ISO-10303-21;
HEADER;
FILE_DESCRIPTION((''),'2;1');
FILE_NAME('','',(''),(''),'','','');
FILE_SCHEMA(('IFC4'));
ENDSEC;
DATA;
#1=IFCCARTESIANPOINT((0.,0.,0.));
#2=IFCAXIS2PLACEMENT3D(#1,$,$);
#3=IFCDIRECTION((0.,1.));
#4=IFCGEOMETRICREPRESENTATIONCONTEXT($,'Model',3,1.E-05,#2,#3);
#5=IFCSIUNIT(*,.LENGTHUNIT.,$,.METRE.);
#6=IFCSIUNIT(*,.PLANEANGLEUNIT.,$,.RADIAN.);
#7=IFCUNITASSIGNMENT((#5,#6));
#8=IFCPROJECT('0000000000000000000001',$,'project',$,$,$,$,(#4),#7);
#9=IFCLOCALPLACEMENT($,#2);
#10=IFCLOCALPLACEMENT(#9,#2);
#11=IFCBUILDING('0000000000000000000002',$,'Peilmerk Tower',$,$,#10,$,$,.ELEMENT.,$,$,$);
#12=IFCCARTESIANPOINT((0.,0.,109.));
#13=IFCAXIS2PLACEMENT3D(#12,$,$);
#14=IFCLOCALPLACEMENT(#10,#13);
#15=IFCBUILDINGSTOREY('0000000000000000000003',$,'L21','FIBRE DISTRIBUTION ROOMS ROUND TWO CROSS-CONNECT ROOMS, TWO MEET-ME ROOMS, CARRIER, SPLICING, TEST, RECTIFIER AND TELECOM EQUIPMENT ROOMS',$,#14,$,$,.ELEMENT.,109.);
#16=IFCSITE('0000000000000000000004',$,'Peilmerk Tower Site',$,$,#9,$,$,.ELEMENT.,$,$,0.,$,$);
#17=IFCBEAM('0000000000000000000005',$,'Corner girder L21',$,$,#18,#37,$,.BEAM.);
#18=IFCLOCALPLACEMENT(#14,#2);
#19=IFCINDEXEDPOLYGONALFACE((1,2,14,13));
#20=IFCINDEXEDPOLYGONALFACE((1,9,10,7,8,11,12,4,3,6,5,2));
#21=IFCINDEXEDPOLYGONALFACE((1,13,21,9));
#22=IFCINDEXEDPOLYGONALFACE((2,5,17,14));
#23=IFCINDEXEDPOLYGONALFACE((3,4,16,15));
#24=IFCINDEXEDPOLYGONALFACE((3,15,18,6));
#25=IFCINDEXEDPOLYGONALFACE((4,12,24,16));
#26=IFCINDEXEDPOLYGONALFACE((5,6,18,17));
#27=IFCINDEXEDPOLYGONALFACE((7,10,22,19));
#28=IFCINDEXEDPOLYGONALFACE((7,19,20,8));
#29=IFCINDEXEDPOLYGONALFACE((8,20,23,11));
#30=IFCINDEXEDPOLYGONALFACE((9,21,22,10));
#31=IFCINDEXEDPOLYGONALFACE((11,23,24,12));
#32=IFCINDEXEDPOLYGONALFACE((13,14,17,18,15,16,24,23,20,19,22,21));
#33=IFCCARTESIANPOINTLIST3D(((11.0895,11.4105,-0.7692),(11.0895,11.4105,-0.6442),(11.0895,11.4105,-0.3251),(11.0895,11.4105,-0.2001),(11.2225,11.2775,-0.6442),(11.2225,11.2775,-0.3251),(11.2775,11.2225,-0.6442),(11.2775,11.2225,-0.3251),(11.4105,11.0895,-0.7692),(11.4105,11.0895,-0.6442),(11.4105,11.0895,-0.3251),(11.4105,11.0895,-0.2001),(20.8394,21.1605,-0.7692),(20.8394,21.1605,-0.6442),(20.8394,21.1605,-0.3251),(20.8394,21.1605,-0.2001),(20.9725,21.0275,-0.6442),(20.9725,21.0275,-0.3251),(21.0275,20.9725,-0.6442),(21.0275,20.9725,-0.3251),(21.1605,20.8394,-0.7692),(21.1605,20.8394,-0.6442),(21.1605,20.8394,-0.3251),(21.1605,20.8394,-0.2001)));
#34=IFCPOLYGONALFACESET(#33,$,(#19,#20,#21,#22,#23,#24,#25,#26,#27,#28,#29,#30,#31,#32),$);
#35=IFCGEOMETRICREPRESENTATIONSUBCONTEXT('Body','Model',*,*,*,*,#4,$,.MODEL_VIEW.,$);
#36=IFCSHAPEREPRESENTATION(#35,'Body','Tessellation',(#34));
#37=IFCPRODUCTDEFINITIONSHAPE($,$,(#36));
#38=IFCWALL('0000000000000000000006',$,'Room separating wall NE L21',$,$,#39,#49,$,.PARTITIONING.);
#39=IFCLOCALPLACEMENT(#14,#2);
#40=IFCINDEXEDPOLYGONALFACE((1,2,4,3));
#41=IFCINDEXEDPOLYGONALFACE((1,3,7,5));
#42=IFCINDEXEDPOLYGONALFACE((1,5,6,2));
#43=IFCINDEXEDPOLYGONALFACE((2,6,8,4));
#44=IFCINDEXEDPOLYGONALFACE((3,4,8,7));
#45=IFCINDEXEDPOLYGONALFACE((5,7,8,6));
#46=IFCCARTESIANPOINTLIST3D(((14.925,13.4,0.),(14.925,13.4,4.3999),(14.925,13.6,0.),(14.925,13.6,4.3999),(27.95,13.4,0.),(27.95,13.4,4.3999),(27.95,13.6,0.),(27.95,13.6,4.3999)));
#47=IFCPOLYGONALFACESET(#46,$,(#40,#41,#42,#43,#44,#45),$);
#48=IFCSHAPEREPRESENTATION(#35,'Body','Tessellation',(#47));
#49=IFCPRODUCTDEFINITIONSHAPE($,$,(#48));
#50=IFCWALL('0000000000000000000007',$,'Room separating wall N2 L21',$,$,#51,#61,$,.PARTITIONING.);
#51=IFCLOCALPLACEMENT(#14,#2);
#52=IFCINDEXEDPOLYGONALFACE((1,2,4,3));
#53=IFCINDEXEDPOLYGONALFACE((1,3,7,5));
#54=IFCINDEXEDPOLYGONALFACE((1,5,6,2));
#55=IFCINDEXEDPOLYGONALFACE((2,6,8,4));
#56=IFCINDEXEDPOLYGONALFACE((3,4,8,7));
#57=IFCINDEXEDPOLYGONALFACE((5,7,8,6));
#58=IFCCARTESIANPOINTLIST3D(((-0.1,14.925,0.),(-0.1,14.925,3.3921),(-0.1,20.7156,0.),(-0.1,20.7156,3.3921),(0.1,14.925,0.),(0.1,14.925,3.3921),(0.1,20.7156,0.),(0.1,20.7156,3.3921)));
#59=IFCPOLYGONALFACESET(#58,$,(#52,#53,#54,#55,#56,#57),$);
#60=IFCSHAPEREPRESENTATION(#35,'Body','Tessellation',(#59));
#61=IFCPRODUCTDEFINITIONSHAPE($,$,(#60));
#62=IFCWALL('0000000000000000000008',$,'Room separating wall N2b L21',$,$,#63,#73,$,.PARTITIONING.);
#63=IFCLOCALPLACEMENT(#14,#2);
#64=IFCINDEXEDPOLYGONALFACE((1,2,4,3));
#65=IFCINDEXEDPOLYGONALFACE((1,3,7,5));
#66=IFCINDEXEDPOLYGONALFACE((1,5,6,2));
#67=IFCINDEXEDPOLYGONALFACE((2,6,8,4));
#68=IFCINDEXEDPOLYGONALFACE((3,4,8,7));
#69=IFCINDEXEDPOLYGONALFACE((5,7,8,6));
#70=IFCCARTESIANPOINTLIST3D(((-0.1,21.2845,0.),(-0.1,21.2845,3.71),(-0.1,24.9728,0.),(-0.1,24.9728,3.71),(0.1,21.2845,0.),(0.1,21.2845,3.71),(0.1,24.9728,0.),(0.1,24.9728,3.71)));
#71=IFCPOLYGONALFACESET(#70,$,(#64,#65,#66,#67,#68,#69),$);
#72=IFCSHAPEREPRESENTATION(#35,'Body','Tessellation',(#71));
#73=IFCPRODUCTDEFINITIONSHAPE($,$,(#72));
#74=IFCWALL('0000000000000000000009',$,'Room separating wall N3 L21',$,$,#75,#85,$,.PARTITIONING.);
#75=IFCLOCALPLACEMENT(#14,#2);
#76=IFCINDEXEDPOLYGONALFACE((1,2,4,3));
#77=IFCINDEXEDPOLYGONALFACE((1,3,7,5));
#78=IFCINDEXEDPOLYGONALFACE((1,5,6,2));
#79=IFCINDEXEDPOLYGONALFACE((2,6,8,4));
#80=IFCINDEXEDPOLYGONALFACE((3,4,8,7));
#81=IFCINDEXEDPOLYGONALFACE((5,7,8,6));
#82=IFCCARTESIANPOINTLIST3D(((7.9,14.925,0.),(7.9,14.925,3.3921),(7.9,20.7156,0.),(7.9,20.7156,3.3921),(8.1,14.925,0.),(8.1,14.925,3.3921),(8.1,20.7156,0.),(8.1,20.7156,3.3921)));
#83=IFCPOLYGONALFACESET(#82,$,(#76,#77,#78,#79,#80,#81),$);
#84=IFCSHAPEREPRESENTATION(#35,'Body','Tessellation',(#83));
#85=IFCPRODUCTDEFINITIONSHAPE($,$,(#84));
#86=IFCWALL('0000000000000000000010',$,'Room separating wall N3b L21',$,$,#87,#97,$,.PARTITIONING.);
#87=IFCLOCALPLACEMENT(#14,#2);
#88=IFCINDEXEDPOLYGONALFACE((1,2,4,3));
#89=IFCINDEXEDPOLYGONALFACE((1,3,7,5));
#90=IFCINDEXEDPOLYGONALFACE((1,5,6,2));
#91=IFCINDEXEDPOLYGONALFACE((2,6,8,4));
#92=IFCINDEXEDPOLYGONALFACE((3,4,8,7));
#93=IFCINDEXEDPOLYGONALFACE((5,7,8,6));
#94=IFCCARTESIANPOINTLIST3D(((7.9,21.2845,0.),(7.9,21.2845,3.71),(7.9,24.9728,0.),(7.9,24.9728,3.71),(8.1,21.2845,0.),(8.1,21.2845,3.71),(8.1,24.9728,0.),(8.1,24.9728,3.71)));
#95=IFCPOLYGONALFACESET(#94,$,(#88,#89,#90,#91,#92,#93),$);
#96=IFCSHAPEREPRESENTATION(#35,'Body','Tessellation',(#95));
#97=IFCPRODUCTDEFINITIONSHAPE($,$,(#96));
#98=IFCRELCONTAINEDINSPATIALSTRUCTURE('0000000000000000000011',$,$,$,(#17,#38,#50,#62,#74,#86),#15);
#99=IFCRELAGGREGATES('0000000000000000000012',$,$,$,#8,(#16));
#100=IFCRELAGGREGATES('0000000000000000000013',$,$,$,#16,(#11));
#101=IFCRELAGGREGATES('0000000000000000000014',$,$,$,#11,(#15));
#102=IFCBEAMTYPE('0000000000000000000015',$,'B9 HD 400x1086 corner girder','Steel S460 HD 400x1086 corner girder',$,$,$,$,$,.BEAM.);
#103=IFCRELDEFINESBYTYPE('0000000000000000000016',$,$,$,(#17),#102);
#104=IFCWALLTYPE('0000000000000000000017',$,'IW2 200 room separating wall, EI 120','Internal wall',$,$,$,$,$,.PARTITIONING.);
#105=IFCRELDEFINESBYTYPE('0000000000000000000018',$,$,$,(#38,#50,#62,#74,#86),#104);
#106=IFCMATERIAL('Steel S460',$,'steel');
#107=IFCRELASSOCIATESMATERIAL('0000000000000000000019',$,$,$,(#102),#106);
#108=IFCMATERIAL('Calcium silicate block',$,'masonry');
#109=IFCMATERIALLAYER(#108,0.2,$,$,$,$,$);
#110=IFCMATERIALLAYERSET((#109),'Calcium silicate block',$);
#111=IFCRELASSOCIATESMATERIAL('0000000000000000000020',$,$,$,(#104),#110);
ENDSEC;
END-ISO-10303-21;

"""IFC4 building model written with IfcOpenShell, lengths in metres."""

from ifc_helpers import new_model, si_unit, direction, frame, frame_2d, origin, origin_2d, place, context, subcontext, project, spatial, rectangle, i_section, extrude, material, layer, layer_set, material_profile, profile_set, type_object, element, save


model = new_model("IFC4")

# Units and contexts
model_context = context("Model", 3, precision=1e-05, world=origin(), true_north=direction((0.0, 1.0)))
body_context = subcontext(model_context, "Body", "Model", "MODEL_VIEW")
ifc_project = project(units=[si_unit("LENGTHUNIT", "METRE"), si_unit("PLANEANGLEUNIT", "RADIAN")], contexts=[model_context])

# Site, building, storey
site_placement = place(None, origin())
site = spatial("IfcSite", under=ifc_project, at=site_placement, Name="Peilmerk Tower Site", CompositionType="ELEMENT", RefElevation=0.0)
building_placement = place(site_placement, origin())
building = spatial("IfcBuilding", under=site, at=building_placement, Name="Peilmerk Tower", CompositionType="ELEMENT")
storey_placement = place(building_placement, frame((0.0, 0.0, 109.0)))
storey = spatial("IfcBuildingStorey", under=building, at=storey_placement, Name="L21", Description="FIBRE DISTRIBUTION ROOMS ROUND TWO CROSS-CONNECT ROOMS, TWO MEET-ME ROOMS, CARRIER, SPLICING, TEST, RECTIFIER AND TELECOM EQUIPMENT ROOMS", CompositionType="ELEMENT", Elevation=109.0)

# Shared definitions
ifc_material_1 = material(Name="Steel S460", Category="steel")

# Beam
ifc_material_profile_1 = material_profile(ifc_material_1, i_section(OverallWidth=0.4541, OverallDepth=0.5691, WebThickness=0.0779, FlangeThickness=0.125, at=origin_2d()), Name="HD 400x1086")
ifc_profile_set_1 = profile_set([ifc_material_profile_1], Name="Steel S460")
beam_type_1 = type_object("IfcBeamType", Name="B9 HD 400x1086 corner girder", Description="Steel S460 HD 400x1086 corner girder", PredefinedType="BEAM", material=ifc_profile_set_1)
beam_1_placement = place(storey_placement, frame((11.25, 11.25, -0.4846), z_axis=(0.707107, 0.707107, 0.0), x_axis=(-0.707107, 0.707107, 0.0)))
element("IfcBeam", 1, at=beam_1_placement, inside=storey, type_object=beam_type_1, Name="Corner girder L21", PredefinedType="BEAM", context=body_context, shape_type="SweptSolid", body=[
    extrude(i_section(OverallWidth=0.4541, OverallDepth=0.5691, WebThickness=0.0779, FlangeThickness=0.125, at=origin_2d()), origin(), (0.0, 0.0, 1.0), 13.7886),
])

# Walls
ifc_material_2 = material(Name="Calcium silicate block", Category="masonry")
ifc_layer = layer(ifc_material_2, 0.2)
ifc_layer_set = layer_set([ifc_layer], Name="Calcium silicate block")
wall_type = type_object("IfcWallType", Name="IW2 200 room separating wall, EI 120", Description="Internal wall", PredefinedType="PARTITIONING", material=ifc_layer_set)
wall_1_placement = place(storey_placement, frame((14.925, 13.5, 0.0), z_axis=(0.0, 0.0, 1.0), x_axis=(1.0, 0.0, 0.0)))
element("IfcWall", 2, at=wall_1_placement, inside=storey, type_object=wall_type, Name="Room separating wall NE L21", PredefinedType="PARTITIONING", context=body_context, shape_type="SweptSolid", body=[
    extrude(rectangle(XDim=13.0249, YDim=0.2, at=frame_2d((6.5125, 0.0))), origin(), (0.0, 0.0, 1.0), 4.3999),
])
wall_2_placement = place(storey_placement, frame((0.0, 14.925, 0.0), z_axis=(0.0, 0.0, 1.0), x_axis=(0.0, 1.0, 0.0)))
element("IfcWall", 3, at=wall_2_placement, inside=storey, type_object=wall_type, Name="Room separating wall N2 L21", PredefinedType="PARTITIONING", context=body_context, shape_type="SweptSolid", body=[
    extrude(rectangle(XDim=5.7905, YDim=0.2, at=frame_2d((2.8953, 0.0))), origin(), (0.0, 0.0, 1.0), 3.3921),
])
wall_3_placement = place(storey_placement, frame((0.0, 21.2844, 0.0), z_axis=(0.0, 0.0, 1.0), x_axis=(0.0, 1.0, 0.0)))
element("IfcWall", 4, at=wall_3_placement, inside=storey, type_object=wall_type, Name="Room separating wall N2b L21", PredefinedType="PARTITIONING", context=body_context, shape_type="SweptSolid", body=[
    extrude(rectangle(XDim=3.6882, YDim=0.2, at=frame_2d((1.8442, 0.0))), origin(), (0.0, 0.0, 1.0), 3.71),
])
wall_4_placement = place(storey_placement, frame((8.0, 14.925, 0.0), z_axis=(0.0, 0.0, 1.0), x_axis=(0.0, 1.0, 0.0)))
element("IfcWall", 5, at=wall_4_placement, inside=storey, type_object=wall_type, Name="Room separating wall N3 L21", PredefinedType="PARTITIONING", context=body_context, shape_type="SweptSolid", body=[
    extrude(rectangle(XDim=5.7905, YDim=0.2, at=frame_2d((2.8953, 0.0))), origin(), (0.0, 0.0, 1.0), 3.3921),
])
wall_5_placement = place(storey_placement, frame((8.0, 21.2844, 0.0), z_axis=(0.0, 0.0, 1.0), x_axis=(0.0, 1.0, 0.0)))
element("IfcWall", 6, at=wall_5_placement, inside=storey, type_object=wall_type, Name="Room separating wall N3b L21", PredefinedType="PARTITIONING", context=body_context, shape_type="SweptSolid", body=[
    extrude(rectangle(XDim=3.6882, YDim=0.2, at=frame_2d((1.8442, 0.0))), origin(), (0.0, 0.0, 1.0), 3.71),
])

save(model, "model.ifc")
